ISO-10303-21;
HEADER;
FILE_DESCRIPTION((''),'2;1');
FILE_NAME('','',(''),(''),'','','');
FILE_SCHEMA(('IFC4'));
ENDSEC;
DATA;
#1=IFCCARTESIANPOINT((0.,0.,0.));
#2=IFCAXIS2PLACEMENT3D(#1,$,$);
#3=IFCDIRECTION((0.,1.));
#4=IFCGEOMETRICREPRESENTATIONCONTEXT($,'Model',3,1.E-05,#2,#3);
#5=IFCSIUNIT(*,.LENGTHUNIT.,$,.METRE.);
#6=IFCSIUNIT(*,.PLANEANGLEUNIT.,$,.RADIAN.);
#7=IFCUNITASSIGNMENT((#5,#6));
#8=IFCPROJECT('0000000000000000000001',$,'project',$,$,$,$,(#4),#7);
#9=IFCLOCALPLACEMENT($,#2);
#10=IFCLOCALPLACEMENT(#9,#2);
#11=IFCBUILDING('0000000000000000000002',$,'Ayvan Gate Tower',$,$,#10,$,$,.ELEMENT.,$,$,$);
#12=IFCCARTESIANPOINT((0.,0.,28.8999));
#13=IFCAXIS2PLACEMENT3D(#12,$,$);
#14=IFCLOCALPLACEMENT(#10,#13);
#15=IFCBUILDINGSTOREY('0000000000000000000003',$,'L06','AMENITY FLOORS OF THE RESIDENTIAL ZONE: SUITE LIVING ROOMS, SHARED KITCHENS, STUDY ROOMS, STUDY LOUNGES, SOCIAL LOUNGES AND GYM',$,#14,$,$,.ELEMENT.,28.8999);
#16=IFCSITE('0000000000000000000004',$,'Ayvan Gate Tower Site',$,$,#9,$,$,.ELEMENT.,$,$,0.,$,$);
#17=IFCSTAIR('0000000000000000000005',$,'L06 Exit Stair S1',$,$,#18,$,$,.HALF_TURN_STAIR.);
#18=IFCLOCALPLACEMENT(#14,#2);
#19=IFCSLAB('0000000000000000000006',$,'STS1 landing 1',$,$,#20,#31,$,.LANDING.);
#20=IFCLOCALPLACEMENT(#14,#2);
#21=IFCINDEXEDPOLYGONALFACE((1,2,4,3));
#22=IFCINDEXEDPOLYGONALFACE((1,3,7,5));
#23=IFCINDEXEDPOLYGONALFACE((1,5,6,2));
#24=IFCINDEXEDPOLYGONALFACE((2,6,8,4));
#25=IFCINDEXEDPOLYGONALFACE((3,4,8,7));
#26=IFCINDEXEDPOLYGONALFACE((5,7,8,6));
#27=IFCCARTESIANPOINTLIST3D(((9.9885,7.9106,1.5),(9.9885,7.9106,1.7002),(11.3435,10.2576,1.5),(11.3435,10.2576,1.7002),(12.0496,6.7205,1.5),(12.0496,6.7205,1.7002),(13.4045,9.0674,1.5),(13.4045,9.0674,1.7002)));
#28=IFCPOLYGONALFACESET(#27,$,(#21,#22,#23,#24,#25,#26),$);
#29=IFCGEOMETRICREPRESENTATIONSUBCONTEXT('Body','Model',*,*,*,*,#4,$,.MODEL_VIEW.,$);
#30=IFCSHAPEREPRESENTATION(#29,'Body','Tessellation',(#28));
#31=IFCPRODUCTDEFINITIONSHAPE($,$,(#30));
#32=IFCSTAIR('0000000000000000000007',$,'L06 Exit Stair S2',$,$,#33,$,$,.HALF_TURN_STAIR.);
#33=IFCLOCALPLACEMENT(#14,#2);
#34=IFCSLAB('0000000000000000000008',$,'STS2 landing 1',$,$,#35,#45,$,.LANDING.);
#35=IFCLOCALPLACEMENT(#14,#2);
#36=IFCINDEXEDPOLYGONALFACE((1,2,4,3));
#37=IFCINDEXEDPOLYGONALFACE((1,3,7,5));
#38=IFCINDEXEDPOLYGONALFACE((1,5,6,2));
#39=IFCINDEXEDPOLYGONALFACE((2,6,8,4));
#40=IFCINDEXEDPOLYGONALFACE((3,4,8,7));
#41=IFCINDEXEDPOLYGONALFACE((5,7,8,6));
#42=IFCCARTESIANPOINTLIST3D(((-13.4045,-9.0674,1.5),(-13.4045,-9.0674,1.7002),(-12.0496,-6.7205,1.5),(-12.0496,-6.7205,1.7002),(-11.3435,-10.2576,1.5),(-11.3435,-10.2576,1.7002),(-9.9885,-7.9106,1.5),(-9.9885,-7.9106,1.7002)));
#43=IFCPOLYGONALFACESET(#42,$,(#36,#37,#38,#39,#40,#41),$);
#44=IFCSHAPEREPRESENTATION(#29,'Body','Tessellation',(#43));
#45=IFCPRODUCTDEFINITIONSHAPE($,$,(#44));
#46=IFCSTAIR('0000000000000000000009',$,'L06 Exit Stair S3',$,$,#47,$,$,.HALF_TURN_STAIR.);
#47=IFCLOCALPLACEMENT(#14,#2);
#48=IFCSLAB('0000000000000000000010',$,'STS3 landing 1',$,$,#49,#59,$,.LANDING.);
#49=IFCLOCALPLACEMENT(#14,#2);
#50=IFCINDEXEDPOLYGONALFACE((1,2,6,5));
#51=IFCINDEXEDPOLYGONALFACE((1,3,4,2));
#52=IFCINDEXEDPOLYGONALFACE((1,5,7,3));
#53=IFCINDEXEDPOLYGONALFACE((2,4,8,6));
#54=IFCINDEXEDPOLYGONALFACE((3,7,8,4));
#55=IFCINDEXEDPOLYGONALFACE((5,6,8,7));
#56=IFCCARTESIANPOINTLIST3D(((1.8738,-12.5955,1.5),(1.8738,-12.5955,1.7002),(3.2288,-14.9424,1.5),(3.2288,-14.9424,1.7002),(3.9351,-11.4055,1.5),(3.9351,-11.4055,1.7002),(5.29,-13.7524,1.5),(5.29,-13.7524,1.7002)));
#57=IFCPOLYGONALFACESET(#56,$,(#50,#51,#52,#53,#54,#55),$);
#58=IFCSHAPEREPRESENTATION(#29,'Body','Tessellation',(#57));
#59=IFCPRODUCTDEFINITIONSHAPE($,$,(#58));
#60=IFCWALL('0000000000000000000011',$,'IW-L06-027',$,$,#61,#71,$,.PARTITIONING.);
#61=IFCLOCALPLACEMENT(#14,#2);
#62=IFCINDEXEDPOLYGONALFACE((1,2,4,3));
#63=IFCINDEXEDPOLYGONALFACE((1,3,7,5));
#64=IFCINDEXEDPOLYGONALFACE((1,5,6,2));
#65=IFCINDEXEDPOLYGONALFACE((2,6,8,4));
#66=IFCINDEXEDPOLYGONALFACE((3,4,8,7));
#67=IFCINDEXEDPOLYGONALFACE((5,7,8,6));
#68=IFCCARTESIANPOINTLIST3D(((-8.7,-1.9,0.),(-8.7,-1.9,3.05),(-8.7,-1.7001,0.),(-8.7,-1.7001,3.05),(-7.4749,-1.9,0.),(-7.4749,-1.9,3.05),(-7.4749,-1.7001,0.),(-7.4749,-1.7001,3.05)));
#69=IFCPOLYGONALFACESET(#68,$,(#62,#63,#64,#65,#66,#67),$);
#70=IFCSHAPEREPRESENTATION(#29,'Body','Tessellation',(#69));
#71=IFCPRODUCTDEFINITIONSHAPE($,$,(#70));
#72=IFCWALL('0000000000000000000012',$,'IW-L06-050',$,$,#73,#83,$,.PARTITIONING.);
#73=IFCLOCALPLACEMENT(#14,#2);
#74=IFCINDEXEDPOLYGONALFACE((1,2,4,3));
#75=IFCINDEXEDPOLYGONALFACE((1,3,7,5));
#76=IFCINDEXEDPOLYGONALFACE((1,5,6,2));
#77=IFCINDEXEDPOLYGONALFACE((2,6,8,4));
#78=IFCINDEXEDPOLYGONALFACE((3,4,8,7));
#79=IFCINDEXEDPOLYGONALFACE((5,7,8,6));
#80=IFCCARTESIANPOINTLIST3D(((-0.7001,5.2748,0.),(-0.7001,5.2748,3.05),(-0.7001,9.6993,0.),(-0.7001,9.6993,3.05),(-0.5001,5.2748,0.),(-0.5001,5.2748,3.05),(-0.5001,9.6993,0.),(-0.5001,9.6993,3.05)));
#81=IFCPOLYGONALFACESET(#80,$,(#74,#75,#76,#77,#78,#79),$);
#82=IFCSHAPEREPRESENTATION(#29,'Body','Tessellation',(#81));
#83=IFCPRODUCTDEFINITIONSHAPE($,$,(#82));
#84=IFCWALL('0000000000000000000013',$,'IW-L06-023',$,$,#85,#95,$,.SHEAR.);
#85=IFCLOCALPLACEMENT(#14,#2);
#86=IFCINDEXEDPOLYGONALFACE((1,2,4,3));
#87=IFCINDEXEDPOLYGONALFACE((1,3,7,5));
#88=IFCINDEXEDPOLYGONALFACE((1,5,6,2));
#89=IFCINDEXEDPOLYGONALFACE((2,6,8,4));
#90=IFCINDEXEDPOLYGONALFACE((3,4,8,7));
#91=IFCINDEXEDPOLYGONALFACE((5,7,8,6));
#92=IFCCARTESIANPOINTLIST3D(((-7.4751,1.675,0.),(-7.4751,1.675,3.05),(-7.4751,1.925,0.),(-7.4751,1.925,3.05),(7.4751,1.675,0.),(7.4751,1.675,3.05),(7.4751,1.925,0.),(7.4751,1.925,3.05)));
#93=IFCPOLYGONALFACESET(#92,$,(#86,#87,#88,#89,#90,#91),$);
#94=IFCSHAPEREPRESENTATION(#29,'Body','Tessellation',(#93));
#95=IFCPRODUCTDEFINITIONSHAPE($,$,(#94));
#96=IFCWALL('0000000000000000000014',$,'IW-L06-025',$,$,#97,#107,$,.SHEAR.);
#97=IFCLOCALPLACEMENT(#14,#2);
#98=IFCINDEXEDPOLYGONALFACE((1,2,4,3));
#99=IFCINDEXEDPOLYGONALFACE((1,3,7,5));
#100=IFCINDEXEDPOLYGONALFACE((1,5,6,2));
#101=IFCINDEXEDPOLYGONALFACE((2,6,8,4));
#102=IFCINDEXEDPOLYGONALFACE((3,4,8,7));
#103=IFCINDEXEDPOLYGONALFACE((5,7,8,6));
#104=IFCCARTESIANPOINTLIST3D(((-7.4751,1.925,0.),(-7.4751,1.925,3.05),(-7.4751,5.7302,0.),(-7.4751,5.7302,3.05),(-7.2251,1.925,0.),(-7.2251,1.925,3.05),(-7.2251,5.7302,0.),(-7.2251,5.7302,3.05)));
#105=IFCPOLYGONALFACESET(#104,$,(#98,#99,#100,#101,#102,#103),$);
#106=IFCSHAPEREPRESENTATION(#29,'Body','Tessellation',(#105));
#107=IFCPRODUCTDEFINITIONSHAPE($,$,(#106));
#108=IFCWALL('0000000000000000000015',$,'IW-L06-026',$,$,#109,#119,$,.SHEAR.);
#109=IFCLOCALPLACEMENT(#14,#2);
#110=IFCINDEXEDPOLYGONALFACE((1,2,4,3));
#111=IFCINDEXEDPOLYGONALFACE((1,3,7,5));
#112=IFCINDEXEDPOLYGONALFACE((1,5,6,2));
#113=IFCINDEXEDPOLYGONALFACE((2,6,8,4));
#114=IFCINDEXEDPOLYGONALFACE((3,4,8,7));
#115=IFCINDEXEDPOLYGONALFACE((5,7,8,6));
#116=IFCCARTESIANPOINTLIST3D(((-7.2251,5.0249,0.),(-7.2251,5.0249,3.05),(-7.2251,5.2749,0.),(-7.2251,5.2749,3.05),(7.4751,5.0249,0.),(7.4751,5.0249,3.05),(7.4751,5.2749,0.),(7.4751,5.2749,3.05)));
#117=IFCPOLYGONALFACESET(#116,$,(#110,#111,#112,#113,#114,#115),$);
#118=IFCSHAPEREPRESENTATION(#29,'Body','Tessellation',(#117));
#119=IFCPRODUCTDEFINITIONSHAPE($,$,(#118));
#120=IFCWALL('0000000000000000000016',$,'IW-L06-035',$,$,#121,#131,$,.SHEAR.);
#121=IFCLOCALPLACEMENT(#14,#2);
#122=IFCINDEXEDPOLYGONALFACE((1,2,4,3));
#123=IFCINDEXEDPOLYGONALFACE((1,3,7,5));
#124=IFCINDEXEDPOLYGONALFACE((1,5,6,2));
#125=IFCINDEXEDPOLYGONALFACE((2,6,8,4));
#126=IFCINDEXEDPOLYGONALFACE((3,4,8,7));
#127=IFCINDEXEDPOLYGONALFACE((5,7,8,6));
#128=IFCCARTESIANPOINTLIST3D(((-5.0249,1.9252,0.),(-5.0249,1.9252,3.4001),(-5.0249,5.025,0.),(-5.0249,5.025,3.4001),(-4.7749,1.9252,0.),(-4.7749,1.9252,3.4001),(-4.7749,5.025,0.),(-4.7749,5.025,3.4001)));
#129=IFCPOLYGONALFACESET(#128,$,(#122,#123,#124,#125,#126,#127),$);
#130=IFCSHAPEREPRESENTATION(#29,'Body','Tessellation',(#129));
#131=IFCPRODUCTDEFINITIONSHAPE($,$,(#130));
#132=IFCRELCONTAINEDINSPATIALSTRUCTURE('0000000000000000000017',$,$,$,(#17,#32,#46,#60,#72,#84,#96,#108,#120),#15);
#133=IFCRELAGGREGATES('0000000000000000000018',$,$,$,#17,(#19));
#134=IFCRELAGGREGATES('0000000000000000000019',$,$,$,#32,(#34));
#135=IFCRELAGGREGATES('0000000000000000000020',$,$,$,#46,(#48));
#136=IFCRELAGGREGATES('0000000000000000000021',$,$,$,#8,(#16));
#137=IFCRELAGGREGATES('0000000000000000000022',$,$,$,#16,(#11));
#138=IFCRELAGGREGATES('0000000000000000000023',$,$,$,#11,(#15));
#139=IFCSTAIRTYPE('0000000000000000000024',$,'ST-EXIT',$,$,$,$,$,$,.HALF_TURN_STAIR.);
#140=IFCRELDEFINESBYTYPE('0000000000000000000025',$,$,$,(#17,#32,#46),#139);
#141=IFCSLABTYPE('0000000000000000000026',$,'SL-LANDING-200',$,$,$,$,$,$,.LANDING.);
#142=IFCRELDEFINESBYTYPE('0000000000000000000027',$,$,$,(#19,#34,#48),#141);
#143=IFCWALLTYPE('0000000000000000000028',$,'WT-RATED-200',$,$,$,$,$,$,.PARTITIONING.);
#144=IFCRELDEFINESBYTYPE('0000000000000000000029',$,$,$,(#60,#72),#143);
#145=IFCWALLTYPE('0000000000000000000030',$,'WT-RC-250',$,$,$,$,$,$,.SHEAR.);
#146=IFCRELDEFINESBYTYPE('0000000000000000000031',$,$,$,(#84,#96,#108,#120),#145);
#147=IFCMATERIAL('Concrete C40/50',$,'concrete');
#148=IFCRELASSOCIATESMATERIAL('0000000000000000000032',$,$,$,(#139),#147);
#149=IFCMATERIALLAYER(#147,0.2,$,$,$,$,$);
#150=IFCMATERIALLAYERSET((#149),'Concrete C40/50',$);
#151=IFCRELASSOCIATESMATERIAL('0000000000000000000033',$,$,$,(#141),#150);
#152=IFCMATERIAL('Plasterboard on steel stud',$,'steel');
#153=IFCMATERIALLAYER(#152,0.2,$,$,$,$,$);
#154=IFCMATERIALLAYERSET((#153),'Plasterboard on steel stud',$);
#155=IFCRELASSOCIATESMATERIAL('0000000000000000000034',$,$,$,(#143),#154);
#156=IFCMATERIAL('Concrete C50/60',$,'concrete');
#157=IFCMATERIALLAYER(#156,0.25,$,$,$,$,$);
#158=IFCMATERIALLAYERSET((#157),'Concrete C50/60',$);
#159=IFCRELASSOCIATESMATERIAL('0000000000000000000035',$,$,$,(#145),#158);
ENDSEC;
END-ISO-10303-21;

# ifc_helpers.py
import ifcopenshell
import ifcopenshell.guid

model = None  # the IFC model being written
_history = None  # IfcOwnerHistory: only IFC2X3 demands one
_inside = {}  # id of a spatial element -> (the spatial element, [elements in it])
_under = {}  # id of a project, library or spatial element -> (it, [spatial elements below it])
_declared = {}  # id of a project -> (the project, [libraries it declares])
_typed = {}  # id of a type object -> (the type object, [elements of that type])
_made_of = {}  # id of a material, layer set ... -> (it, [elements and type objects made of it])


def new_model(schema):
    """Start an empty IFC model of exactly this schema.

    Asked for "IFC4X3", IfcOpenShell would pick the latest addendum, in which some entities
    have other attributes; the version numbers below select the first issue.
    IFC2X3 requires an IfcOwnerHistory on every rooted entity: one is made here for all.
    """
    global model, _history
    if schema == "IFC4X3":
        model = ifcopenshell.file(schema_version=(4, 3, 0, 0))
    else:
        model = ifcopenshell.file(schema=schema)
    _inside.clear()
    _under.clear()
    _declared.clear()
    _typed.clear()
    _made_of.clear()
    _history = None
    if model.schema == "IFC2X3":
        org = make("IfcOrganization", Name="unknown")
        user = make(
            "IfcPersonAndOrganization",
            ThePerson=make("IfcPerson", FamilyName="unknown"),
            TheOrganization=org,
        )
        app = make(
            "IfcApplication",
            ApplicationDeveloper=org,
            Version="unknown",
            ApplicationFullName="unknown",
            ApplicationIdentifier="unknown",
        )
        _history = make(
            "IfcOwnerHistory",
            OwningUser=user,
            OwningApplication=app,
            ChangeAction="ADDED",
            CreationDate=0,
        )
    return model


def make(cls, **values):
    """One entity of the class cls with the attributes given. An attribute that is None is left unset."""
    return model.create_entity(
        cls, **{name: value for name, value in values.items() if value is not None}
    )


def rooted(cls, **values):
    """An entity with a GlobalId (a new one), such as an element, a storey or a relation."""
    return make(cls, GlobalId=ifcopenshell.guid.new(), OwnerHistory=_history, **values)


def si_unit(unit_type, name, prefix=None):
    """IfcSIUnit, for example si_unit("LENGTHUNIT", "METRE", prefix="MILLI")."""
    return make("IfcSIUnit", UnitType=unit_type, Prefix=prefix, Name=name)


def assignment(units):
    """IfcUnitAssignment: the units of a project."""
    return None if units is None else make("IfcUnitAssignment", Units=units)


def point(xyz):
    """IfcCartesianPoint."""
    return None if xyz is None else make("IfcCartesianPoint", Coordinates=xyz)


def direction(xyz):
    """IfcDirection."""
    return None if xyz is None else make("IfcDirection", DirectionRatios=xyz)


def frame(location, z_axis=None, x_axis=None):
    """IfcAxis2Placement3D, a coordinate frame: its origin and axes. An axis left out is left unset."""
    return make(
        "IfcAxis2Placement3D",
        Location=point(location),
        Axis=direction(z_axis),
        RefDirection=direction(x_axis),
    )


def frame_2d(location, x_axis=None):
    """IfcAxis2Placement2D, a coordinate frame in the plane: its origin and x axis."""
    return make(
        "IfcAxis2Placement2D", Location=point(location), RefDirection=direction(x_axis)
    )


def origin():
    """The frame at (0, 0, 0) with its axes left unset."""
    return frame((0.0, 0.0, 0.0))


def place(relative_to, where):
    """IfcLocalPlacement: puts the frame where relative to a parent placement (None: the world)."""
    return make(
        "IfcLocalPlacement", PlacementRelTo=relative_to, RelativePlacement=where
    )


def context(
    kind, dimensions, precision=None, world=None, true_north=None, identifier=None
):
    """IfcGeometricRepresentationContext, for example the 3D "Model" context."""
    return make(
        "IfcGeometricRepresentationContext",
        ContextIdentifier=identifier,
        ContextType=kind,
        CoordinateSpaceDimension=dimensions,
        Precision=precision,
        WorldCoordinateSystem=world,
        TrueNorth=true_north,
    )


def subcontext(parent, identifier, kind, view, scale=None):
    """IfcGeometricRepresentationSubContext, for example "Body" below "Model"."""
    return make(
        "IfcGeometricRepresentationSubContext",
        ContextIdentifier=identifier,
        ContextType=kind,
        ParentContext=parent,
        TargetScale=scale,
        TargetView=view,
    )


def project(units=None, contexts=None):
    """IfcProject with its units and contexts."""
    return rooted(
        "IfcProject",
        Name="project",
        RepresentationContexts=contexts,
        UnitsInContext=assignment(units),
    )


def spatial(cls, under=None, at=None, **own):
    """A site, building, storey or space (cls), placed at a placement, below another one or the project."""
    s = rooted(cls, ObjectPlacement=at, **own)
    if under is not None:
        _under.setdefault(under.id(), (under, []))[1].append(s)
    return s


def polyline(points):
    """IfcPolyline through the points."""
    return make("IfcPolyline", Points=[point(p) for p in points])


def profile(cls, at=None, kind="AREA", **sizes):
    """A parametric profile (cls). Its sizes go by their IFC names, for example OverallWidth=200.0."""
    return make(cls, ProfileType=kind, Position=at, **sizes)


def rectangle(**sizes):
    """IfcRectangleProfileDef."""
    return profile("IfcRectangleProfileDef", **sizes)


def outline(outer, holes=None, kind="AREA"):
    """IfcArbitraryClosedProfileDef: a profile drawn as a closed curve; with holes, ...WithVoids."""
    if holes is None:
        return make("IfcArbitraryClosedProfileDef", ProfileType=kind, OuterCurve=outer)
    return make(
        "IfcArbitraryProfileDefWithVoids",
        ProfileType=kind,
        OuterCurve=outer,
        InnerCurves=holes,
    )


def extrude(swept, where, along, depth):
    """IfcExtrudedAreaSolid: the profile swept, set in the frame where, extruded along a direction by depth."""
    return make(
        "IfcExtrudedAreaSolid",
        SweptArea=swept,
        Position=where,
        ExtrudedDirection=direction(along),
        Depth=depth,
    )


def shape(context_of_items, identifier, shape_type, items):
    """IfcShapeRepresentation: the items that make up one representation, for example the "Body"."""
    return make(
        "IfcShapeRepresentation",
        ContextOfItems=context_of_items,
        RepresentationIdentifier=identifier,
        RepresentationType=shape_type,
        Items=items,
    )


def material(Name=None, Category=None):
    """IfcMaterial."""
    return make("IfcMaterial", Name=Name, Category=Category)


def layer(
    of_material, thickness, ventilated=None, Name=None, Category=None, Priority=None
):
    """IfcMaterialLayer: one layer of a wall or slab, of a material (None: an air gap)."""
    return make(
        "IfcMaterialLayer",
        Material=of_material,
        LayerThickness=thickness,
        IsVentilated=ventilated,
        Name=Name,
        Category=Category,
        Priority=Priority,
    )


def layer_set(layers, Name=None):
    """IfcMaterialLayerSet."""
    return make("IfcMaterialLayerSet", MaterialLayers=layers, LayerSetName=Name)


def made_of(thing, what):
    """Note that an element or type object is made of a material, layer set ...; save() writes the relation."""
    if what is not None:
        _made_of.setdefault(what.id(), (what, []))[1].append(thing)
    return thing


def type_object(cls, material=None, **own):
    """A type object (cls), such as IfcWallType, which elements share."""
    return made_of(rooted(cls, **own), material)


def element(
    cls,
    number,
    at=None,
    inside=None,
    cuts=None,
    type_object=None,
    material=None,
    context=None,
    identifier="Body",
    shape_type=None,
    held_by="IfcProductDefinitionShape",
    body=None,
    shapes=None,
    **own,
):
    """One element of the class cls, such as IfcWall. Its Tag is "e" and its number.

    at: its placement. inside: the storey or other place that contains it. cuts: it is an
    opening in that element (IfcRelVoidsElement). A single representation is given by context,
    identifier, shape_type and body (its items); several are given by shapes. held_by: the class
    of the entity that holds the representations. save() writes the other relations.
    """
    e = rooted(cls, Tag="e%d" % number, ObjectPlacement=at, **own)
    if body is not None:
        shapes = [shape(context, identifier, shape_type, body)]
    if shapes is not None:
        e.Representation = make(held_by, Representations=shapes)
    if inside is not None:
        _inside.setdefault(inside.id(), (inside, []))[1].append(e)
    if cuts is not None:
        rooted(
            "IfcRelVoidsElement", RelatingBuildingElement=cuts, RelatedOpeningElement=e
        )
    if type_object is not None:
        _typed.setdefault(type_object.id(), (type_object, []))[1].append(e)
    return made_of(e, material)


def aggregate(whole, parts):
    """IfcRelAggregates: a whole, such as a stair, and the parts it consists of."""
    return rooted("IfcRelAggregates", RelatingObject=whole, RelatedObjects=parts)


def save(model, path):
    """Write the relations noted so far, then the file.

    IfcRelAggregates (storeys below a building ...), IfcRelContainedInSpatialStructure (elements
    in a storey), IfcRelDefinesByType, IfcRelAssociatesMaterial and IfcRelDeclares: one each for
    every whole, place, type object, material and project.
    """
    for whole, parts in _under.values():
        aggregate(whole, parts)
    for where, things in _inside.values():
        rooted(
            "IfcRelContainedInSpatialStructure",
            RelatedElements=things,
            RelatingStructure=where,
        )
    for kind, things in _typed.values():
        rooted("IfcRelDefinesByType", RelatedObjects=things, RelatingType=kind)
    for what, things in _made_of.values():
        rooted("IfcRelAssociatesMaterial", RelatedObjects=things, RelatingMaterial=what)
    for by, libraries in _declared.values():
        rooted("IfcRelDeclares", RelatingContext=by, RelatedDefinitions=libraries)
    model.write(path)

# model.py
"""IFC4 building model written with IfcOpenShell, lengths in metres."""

from ifc_helpers import new_model, si_unit, direction, frame, frame_2d, origin, place, context, subcontext, project, spatial, polyline, rectangle, outline, extrude, material, layer, layer_set, type_object, element, aggregate, save


model = new_model("IFC4")

# Units and contexts
model_context = context("Model", 3, precision=1e-05, world=origin(), true_north=direction((0.0, 1.0)))
body_context = subcontext(model_context, "Body", "Model", "MODEL_VIEW")
ifc_project = project(units=[si_unit("LENGTHUNIT", "METRE"), si_unit("PLANEANGLEUNIT", "RADIAN")], contexts=[model_context])

# Site, building, storey
site_placement = place(None, origin())
site = spatial("IfcSite", under=ifc_project, at=site_placement, Name="Ayvan Gate Tower Site", CompositionType="ELEMENT", RefElevation=0.0)
building_placement = place(site_placement, origin())
building = spatial("IfcBuilding", under=site, at=building_placement, Name="Ayvan Gate Tower", CompositionType="ELEMENT")
storey_placement = place(building_placement, frame((0.0, 0.0, 28.8999)))
storey = spatial("IfcBuildingStorey", under=building, at=storey_placement, Name="L06", Description="AMENITY FLOORS OF THE RESIDENTIAL ZONE: SUITE LIVING ROOMS, SHARED KITCHENS, STUDY ROOMS, STUDY LOUNGES, SOCIAL LOUNGES AND GYM", CompositionType="ELEMENT", Elevation=28.8999)

# Shared definitions
ifc_material_1 = material(Name="Concrete C40/50", Category="concrete")

# Stairs, slabs
stair_type = type_object("IfcStairType", Name="ST-EXIT", PredefinedType="HALF_TURN_STAIR", material=ifc_material_1)
stair_1_placement = place(storey_placement, origin())
stair_1 = element("IfcStair", 1, at=stair_1_placement, inside=storey, type_object=stair_type, Name="L06 Exit Stair S1", PredefinedType="HALF_TURN_STAIR")
ifc_layer_1 = layer(ifc_material_1, 0.2)
ifc_layer_set_1 = layer_set([ifc_layer_1], Name="Concrete C40/50")
slab_type_1 = type_object("IfcSlabType", Name="SL-LANDING-200", PredefinedType="LANDING", material=ifc_layer_set_1)
slab_1_placement = place(storey_placement, frame((0.0, 0.0, 1.5)))
slab_1 = element("IfcSlab", 2, at=slab_1_placement, type_object=slab_type_1, Name="STS1 landing 1", PredefinedType="LANDING", context=body_context, shape_type="SweptSolid", body=[
    extrude(outline(polyline([(9.9885, 7.9106), (12.0496, 6.7205), (13.4045, 9.0674), (11.3435, 10.2576), (9.9885, 7.9106)])), origin(), (0.0, 0.0, 1.0), 0.2002),
])
aggregate(stair_1, [slab_1])
stair_2_placement = place(storey_placement, origin())
stair_2 = element("IfcStair", 3, at=stair_2_placement, inside=storey, type_object=stair_type, Name="L06 Exit Stair S2", PredefinedType="HALF_TURN_STAIR")
slab_2_placement = place(storey_placement, frame((0.0, 0.0, 1.5)))
slab_2 = element("IfcSlab", 4, at=slab_2_placement, type_object=slab_type_1, Name="STS2 landing 1", PredefinedType="LANDING", context=body_context, shape_type="SweptSolid", body=[
    extrude(outline(polyline([(-9.9885, -7.9106), (-12.0496, -6.7205), (-13.4045, -9.0674), (-11.3435, -10.2576), (-9.9885, -7.9106)])), origin(), (0.0, 0.0, 1.0), 0.2002),
])
aggregate(stair_2, [slab_2])
stair_3_placement = place(storey_placement, origin())
stair_3 = element("IfcStair", 5, at=stair_3_placement, inside=storey, type_object=stair_type, Name="L06 Exit Stair S3", PredefinedType="HALF_TURN_STAIR")
slab_3_placement = place(storey_placement, frame((0.0, 0.0, 1.5)))
slab_3 = element("IfcSlab", 6, at=slab_3_placement, type_object=slab_type_1, Name="STS3 landing 1", PredefinedType="LANDING", context=body_context, shape_type="SweptSolid", body=[
    extrude(outline(polyline([(3.9351, -11.4055), (1.8738, -12.5955), (3.2288, -14.9424), (5.29, -13.7524), (3.9351, -11.4055)])), origin(), (0.0, 0.0, 1.0), 0.2002),
])
aggregate(stair_3, [slab_3])

# Walls
ifc_material_2 = material(Name="Plasterboard on steel stud", Category="steel")
ifc_layer_2 = layer(ifc_material_2, 0.2)
ifc_layer_set_2 = layer_set([ifc_layer_2], Name="Plasterboard on steel stud")
wall_type_1 = type_object("IfcWallType", Name="WT-RATED-200", PredefinedType="PARTITIONING", material=ifc_layer_set_2)
wall_1_placement = place(storey_placement, frame((-7.4749, -1.8, 0.0), z_axis=(0.0, 0.0, 1.0), x_axis=(-1.0, 0.0, 0.0)))
element("IfcWall", 7, at=wall_1_placement, inside=storey, type_object=wall_type_1, Name="IW-L06-027", PredefinedType="PARTITIONING", context=body_context, shape_type="SweptSolid", body=[
    extrude(rectangle(XDim=1.2251, YDim=0.2, at=frame_2d((0.6125, 0.0))), origin(), (0.0, 0.0, 1.0), 3.05),
])
wall_2_placement = place(storey_placement, frame((-0.6001, 9.6995, 0.0), z_axis=(0.0, 0.0, 1.0), x_axis=(0.0, -1.0, 0.0)))
element("IfcWall", 8, at=wall_2_placement, inside=storey, type_object=wall_type_1, Name="IW-L06-050", PredefinedType="PARTITIONING", context=body_context, shape_type="SweptSolid", body=[
    extrude(rectangle(XDim=4.4246, YDim=0.2, at=frame_2d((2.2124, 0.0))), origin(), (0.0, 0.0, 1.0), 3.05),
])
ifc_material_3 = material(Name="Concrete C50/60", Category="concrete")
ifc_layer_3 = layer(ifc_material_3, 0.25)
ifc_layer_set_3 = layer_set([ifc_layer_3], Name="Concrete C50/60")
wall_type_2 = type_object("IfcWallType", Name="WT-RC-250", PredefinedType="SHEAR", material=ifc_layer_set_3)
wall_3_placement = place(storey_placement, frame((-7.4751, 1.8, 0.0), z_axis=(0.0, 0.0, 1.0), x_axis=(1.0, 0.0, 0.0)))
element("IfcWall", 9, at=wall_3_placement, inside=storey, type_object=wall_type_2, Name="IW-L06-023", PredefinedType="SHEAR", context=body_context, shape_type="SweptSolid", body=[
    extrude(rectangle(XDim=14.9502, YDim=0.25, at=frame_2d((7.4751, 0.0))), origin(), (0.0, 0.0, 1.0), 3.05),
])
wall_4_placement = place(storey_placement, frame((-7.3501, 1.925, 0.0), z_axis=(0.0, 0.0, 1.0), x_axis=(0.0, 1.0, 0.0)))
element("IfcWall", 10, at=wall_4_placement, inside=storey, type_object=wall_type_2, Name="IW-L06-025", PredefinedType="SHEAR", context=body_context, shape_type="SweptSolid", body=[
    extrude(rectangle(XDim=3.8052, YDim=0.25, at=frame_2d((1.9026, 0.0))), origin(), (0.0, 0.0, 1.0), 3.05),
])
wall_5_placement = place(storey_placement, frame((-7.2251, 5.1499, 0.0), z_axis=(0.0, 0.0, 1.0), x_axis=(1.0, 0.0, 0.0)))
element("IfcWall", 11, at=wall_5_placement, inside=storey, type_object=wall_type_2, Name="IW-L06-026", PredefinedType="SHEAR", context=body_context, shape_type="SweptSolid", body=[
    extrude(rectangle(XDim=14.7002, YDim=0.25, at=frame_2d((7.3501, 0.0))), origin(), (0.0, 0.0, 1.0), 3.05),
])
wall_6_placement = place(storey_placement, frame((-4.8999, 5.0249, 0.0), z_axis=(0.0, 0.0, 1.0), x_axis=(0.0, -1.0, 0.0)))
element("IfcWall", 12, at=wall_6_placement, inside=storey, type_object=wall_type_2, Name="IW-L06-035", PredefinedType="SHEAR", context=body_context, shape_type="SweptSolid", body=[
    extrude(rectangle(XDim=3.0999, YDim=0.25, at=frame_2d((1.5498, 0.0))), origin(), (0.0, 0.0, 1.0), 3.4001),
])

save(model, "model.ifc")
